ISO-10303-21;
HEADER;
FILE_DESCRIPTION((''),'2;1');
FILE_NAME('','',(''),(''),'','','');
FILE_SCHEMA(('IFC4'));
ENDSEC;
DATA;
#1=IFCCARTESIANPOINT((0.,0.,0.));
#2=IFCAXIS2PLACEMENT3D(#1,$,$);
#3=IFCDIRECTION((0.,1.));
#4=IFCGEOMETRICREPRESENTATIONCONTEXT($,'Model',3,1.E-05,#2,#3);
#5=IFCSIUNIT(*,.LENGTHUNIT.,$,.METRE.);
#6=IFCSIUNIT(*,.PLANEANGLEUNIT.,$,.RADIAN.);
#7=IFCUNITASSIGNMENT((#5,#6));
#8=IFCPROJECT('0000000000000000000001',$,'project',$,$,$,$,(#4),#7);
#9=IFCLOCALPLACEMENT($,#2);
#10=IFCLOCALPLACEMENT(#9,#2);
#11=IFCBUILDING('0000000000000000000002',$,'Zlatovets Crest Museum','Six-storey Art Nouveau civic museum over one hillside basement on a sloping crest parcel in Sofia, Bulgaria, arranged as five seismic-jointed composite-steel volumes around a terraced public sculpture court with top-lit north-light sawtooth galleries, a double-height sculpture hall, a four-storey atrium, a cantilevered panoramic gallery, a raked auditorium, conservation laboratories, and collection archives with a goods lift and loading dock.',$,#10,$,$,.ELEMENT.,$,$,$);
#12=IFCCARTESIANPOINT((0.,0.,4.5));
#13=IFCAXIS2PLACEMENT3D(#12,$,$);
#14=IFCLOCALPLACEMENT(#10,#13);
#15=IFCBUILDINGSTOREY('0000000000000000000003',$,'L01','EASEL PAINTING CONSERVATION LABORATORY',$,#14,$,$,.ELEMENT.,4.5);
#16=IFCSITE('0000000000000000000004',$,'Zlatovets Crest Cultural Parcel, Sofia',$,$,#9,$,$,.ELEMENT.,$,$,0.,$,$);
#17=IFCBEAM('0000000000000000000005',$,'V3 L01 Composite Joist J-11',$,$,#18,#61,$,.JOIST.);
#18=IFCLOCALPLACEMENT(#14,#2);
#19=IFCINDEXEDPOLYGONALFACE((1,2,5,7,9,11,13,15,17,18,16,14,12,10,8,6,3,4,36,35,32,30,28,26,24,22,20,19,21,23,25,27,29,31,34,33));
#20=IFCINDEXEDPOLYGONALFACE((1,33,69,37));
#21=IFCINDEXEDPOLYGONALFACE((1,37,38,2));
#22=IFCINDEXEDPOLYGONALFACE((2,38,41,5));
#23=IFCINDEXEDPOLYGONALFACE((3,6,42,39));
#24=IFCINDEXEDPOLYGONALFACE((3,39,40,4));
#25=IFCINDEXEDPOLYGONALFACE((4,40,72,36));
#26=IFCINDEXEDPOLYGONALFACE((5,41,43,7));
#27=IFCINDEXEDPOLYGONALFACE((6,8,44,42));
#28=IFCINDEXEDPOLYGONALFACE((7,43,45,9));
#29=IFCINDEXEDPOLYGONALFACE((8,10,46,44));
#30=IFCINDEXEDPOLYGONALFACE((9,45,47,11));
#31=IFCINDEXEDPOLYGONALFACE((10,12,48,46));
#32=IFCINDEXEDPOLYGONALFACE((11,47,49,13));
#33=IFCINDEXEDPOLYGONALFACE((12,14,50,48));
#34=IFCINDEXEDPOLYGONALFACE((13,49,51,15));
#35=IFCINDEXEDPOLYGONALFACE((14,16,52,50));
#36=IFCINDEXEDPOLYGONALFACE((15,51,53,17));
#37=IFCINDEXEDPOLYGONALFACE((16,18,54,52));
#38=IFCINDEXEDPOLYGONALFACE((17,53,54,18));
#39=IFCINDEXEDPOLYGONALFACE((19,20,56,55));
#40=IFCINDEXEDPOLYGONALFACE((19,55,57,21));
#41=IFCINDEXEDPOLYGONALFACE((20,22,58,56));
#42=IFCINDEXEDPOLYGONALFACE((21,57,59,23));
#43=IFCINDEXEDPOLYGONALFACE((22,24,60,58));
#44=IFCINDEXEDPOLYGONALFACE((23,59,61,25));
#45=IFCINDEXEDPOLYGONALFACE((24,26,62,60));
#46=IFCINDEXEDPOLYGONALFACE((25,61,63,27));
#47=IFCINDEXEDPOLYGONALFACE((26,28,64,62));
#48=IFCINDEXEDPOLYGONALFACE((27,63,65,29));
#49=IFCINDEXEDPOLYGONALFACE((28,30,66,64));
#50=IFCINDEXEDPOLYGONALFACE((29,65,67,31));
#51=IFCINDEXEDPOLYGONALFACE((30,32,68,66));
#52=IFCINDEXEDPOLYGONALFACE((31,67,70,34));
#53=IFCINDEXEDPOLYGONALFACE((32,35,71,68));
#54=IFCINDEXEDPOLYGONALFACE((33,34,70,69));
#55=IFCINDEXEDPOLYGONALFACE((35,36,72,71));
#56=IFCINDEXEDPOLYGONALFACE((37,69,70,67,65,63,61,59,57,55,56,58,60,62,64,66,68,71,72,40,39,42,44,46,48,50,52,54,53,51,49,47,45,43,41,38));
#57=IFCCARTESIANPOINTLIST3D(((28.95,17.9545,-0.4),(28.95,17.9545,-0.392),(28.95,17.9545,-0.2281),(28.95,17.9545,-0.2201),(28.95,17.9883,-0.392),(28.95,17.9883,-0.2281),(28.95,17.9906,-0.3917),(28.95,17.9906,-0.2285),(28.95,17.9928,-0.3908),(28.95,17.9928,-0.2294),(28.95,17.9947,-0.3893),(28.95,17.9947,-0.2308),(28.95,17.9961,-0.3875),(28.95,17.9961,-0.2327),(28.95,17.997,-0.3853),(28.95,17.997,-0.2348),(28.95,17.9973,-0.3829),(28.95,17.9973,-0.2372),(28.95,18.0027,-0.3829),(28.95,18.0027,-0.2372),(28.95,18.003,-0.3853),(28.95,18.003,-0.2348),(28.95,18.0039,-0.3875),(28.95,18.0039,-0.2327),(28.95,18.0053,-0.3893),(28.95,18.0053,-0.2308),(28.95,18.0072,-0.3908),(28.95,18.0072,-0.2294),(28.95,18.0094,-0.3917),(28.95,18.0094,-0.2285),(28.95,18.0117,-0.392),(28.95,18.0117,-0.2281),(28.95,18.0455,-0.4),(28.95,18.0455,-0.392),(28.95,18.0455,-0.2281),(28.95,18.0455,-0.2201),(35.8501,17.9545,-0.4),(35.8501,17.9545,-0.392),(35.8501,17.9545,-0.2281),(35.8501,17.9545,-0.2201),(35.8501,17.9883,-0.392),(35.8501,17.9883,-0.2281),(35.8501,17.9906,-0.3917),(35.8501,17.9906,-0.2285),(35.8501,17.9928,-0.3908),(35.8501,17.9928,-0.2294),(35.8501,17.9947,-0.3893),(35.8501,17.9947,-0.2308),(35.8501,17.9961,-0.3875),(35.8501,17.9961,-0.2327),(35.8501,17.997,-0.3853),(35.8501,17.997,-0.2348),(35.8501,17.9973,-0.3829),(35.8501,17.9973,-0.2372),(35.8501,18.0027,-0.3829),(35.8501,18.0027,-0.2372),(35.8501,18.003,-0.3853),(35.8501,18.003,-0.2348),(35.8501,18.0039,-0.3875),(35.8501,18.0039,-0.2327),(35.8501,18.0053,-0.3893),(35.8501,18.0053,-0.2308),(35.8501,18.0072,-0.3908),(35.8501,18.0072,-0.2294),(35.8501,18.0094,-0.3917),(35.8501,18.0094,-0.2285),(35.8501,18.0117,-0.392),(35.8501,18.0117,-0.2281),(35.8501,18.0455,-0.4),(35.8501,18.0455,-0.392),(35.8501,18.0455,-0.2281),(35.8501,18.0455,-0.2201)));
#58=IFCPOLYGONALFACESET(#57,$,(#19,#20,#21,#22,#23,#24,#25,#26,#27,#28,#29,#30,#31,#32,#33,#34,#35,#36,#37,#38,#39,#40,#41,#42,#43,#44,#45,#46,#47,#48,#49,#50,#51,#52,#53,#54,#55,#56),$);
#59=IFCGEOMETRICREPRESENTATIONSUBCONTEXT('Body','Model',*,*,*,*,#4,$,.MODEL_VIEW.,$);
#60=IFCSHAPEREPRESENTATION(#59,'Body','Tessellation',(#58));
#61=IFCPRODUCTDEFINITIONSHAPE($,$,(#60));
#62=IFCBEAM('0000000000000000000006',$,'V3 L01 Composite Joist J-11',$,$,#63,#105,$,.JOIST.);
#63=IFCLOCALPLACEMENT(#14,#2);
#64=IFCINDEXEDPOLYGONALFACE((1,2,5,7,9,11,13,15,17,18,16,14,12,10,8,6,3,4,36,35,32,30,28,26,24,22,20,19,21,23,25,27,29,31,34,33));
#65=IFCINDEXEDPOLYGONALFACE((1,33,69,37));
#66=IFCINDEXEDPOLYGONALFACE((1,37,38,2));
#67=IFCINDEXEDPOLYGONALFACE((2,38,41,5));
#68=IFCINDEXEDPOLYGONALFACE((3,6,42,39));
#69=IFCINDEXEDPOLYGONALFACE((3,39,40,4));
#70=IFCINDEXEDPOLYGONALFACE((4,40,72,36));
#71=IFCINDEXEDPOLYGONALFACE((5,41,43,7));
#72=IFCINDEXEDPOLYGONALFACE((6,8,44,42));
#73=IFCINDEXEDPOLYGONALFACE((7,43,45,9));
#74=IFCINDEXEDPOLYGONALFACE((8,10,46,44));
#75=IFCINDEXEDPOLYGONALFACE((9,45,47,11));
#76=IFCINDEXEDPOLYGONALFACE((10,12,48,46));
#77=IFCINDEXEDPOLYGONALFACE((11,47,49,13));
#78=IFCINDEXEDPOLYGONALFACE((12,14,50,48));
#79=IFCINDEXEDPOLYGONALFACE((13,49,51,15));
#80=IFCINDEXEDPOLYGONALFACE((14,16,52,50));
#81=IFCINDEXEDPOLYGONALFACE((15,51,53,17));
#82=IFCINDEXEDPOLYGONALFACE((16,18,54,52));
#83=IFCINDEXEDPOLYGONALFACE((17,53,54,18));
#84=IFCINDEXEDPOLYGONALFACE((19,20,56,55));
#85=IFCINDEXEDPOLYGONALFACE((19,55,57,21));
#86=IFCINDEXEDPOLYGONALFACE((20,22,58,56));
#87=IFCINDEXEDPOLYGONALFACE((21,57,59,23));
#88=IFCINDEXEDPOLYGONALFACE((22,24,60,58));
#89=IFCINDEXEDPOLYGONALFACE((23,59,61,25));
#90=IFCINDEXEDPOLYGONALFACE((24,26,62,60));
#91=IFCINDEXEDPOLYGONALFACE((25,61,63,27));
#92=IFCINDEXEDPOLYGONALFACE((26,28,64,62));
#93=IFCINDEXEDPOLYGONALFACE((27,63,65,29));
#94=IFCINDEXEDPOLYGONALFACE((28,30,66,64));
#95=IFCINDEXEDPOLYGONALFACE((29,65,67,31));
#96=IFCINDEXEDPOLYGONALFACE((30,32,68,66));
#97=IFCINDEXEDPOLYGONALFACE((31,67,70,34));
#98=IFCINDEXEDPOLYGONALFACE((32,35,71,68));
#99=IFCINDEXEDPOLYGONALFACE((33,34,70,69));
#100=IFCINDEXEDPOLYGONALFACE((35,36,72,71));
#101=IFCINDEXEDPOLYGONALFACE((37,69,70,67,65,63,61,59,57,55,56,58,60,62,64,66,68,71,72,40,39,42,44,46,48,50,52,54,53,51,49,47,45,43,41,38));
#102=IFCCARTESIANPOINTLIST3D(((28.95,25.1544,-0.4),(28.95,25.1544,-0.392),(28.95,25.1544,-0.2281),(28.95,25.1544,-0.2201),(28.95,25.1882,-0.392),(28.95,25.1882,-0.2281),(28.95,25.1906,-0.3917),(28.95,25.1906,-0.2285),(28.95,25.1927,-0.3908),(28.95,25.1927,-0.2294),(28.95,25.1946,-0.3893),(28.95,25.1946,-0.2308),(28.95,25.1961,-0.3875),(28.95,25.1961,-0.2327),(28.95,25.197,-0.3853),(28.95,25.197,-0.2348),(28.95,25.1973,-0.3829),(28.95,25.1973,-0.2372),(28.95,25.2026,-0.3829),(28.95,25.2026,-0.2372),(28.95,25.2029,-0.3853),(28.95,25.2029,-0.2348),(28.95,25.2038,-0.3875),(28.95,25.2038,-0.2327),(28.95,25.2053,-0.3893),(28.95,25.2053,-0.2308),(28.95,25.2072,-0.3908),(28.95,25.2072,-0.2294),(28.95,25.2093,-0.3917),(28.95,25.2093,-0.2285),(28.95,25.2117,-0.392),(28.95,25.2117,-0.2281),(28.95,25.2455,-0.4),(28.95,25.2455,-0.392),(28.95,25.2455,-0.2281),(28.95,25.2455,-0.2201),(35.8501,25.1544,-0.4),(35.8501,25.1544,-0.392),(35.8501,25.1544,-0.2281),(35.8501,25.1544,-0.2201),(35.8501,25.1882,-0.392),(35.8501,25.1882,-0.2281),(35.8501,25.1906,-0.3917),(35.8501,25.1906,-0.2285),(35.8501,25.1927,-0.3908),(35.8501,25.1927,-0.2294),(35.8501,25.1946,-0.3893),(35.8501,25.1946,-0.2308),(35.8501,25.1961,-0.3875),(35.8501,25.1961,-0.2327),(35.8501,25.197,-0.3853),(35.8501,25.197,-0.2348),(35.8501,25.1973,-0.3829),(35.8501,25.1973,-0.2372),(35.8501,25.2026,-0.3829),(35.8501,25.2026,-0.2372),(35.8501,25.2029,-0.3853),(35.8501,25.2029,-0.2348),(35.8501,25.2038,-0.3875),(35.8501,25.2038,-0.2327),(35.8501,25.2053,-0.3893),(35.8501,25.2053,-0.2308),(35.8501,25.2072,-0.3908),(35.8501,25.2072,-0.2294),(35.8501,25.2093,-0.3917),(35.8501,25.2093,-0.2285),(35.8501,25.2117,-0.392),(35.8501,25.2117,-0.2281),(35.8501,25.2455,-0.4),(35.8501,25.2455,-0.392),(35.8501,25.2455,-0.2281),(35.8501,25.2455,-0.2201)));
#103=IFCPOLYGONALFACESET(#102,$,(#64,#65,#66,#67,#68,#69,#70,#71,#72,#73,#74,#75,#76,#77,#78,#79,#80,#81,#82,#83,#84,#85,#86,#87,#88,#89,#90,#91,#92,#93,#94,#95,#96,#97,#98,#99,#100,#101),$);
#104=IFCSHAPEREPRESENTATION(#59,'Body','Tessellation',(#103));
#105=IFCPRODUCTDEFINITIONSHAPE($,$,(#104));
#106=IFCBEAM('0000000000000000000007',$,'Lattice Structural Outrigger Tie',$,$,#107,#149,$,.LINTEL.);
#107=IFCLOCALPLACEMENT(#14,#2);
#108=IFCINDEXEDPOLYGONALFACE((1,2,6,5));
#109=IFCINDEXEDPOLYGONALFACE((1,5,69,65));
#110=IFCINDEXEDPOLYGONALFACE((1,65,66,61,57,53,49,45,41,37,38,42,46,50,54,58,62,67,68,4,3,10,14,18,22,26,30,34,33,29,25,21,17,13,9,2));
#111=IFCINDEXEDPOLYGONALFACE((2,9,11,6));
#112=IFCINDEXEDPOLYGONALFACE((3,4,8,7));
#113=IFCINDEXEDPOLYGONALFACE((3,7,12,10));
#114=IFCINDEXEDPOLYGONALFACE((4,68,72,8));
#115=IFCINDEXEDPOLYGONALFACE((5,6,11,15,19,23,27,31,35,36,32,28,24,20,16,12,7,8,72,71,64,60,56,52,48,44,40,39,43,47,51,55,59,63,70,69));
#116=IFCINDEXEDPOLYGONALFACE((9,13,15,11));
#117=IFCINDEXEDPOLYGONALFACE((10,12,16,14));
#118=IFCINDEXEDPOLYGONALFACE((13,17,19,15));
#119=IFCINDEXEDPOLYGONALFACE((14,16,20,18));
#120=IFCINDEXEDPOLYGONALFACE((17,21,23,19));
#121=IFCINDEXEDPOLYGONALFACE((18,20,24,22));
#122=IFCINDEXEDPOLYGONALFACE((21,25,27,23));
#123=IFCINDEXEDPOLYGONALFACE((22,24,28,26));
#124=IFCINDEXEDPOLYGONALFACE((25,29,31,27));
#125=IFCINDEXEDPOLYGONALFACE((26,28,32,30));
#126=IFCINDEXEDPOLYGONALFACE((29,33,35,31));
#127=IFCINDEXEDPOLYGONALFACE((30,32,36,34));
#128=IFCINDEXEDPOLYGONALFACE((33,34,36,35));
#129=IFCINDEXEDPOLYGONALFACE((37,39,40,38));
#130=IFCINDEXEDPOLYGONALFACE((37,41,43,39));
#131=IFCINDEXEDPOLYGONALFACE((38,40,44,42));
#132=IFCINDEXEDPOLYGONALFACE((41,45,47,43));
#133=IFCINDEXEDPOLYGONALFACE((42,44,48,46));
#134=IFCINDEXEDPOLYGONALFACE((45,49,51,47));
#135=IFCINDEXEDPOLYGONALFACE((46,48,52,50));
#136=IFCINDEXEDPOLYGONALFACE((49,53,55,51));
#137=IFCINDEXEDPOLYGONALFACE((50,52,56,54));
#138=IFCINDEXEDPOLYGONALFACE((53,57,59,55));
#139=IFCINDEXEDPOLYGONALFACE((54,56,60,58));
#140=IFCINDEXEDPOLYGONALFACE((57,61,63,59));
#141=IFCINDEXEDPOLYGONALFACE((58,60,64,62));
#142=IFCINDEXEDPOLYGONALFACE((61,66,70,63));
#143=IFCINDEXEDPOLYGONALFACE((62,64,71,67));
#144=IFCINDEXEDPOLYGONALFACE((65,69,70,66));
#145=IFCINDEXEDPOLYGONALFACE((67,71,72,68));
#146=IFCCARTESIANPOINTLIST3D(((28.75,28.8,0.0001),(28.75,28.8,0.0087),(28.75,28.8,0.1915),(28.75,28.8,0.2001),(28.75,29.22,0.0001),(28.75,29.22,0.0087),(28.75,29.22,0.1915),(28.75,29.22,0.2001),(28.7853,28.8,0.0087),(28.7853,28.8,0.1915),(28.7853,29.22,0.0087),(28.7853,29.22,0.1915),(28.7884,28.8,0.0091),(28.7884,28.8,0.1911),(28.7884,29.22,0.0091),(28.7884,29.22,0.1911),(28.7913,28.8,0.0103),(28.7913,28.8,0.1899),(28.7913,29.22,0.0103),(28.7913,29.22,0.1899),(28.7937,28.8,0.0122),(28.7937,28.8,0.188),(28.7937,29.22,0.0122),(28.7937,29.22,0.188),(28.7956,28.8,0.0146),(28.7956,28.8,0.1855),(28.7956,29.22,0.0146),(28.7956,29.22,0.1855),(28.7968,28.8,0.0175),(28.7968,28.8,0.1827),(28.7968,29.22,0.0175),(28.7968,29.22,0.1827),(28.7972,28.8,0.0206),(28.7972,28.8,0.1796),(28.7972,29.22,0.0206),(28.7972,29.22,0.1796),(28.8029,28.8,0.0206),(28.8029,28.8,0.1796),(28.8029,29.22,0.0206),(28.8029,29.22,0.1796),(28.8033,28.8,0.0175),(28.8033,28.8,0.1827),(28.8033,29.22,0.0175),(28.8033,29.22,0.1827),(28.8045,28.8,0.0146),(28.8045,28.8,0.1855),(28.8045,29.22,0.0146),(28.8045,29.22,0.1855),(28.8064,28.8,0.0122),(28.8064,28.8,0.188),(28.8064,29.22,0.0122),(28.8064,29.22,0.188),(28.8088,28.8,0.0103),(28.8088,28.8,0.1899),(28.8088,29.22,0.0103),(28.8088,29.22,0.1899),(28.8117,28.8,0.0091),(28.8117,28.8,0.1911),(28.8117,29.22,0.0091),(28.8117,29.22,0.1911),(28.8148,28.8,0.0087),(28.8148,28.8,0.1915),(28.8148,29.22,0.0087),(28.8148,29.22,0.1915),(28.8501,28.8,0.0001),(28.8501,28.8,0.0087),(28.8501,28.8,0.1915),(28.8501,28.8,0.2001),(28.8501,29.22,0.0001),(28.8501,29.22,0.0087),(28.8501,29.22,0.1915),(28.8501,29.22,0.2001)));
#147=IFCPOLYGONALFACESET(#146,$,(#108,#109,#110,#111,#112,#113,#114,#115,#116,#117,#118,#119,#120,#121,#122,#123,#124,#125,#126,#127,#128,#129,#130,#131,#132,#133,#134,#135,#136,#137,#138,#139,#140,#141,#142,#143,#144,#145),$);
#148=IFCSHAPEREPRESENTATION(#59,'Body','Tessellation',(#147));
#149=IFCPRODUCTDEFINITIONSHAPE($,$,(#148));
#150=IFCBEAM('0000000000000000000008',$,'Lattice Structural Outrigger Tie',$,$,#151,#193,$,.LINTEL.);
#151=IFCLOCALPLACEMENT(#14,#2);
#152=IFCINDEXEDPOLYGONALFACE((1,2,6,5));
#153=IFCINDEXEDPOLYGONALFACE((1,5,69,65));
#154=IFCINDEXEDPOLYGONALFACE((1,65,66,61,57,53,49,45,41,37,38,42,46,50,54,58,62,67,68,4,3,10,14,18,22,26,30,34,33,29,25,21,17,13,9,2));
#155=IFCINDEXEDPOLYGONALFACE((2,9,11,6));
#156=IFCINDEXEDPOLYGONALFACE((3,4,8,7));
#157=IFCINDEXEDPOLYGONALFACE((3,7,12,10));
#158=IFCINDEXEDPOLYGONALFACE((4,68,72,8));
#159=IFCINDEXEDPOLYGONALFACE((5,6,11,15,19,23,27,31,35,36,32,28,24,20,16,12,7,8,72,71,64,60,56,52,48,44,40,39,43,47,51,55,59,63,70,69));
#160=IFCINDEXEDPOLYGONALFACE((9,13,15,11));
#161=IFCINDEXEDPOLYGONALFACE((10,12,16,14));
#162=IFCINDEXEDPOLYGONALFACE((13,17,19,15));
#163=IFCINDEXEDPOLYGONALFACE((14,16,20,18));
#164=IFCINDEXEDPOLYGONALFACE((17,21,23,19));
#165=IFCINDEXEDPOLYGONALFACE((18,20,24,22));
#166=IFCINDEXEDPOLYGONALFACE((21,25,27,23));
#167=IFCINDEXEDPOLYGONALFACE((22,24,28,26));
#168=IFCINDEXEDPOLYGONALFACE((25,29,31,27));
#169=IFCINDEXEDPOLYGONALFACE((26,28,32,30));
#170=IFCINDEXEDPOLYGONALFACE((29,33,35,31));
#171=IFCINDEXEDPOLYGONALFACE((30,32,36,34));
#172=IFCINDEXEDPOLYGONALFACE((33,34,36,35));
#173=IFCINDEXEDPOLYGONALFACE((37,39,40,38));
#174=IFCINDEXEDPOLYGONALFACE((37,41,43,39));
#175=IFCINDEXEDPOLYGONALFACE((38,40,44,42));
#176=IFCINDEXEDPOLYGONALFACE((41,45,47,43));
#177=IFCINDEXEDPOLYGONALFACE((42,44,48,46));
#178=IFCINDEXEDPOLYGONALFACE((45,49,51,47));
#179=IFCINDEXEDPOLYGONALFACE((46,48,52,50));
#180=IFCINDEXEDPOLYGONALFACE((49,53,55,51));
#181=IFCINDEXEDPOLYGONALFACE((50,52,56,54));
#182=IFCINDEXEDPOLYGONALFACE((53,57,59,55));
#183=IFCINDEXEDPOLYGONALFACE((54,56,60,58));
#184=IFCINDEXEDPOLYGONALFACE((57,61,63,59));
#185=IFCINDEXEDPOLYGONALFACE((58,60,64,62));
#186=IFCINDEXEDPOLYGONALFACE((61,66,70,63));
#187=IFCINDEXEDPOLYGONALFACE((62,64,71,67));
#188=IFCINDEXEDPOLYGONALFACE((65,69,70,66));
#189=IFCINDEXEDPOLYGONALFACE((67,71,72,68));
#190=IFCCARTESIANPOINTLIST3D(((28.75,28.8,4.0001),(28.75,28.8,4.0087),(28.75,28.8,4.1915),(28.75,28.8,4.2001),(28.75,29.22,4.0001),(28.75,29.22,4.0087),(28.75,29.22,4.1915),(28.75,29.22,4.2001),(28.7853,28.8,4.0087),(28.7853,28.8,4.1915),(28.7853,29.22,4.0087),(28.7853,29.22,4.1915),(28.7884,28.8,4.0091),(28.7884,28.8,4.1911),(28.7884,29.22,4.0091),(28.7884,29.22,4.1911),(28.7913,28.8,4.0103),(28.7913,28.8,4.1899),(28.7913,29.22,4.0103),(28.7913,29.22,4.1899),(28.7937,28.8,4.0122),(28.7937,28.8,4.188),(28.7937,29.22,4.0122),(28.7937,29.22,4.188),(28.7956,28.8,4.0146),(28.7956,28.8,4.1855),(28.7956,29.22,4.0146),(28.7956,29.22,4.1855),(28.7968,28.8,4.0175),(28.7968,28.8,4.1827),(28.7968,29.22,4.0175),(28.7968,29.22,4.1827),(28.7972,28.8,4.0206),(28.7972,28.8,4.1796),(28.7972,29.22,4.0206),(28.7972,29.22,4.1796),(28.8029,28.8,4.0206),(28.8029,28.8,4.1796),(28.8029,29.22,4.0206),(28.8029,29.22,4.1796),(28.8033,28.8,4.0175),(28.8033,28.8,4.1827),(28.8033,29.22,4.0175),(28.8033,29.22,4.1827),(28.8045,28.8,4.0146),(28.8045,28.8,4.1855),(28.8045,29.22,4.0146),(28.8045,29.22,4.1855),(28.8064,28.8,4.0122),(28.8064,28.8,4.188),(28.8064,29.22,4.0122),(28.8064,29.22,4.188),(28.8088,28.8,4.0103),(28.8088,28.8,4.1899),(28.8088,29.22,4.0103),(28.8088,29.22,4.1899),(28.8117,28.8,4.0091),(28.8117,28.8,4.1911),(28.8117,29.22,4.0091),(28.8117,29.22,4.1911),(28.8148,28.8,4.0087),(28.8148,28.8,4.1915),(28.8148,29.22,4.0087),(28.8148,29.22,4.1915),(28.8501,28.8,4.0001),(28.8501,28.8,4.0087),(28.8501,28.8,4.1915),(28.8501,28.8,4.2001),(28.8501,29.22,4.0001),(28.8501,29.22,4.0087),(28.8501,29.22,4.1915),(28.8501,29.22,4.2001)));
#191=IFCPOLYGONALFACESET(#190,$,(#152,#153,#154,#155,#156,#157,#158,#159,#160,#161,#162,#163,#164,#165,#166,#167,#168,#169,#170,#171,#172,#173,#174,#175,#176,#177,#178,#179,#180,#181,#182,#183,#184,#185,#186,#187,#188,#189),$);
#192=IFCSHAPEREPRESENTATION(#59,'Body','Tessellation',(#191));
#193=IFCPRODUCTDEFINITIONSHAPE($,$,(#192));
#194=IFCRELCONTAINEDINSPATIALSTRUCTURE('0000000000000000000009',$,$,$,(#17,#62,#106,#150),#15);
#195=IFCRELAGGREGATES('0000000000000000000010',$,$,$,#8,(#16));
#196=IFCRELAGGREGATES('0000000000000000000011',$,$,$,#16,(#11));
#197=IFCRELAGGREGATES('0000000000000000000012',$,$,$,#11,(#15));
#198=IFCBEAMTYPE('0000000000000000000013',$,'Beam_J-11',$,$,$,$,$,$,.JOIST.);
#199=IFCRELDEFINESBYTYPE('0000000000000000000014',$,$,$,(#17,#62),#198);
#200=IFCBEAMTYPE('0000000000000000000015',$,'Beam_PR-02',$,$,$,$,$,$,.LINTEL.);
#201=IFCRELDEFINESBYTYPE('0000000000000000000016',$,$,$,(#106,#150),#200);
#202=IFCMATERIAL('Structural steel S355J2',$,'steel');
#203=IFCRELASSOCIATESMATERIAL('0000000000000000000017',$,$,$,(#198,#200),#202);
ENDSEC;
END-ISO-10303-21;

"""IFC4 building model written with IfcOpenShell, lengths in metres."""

from ifc_helpers import new_model, si_unit, direction, frame, origin, origin_2d, place, context, subcontext, project, spatial, i_section, extrude, material, material_profile, profile_set, type_object, element, save


model = new_model("IFC4")

# Units and contexts
model_context = context("Model", 3, precision=1e-05, world=origin(), true_north=direction((0.0, 1.0)))
body_context = subcontext(model_context, "Body", "Model", "MODEL_VIEW")
ifc_project = project(units=[si_unit("LENGTHUNIT", "METRE"), si_unit("PLANEANGLEUNIT", "RADIAN")], contexts=[model_context])

# Site, building, storey
site_placement = place(None, origin())
site = spatial("IfcSite", under=ifc_project, at=site_placement, Name="Zlatovets Crest Cultural Parcel, Sofia", CompositionType="ELEMENT", RefElevation=0.0)
building_placement = place(site_placement, origin())
building = spatial("IfcBuilding", under=site, at=building_placement, Name="Zlatovets Crest Museum", Description="Six-storey Art Nouveau civic museum over one hillside basement on a sloping crest parcel in Sofia, Bulgaria, arranged as five seismic-jointed composite-steel volumes around a terraced public sculpture court with top-lit north-light sawtooth galleries, a double-height sculpture hall, a four-storey atrium, a cantilevered panoramic gallery, a raked auditorium, conservation laboratories, and collection archives with a goods lift and loading dock.", CompositionType="ELEMENT")
storey_placement = place(building_placement, frame((0.0, 0.0, 4.5)))
storey = spatial("IfcBuildingStorey", under=building, at=storey_placement, Name="L01", Description="EASEL PAINTING CONSERVATION LABORATORY", CompositionType="ELEMENT", Elevation=4.5)

# Shared definitions
ifc_material_1 = material(Name="Structural steel S355J2", Category="steel")

# Beams
ifc_material_profile_1 = material_profile(ifc_material_1, i_section(OverallWidth=0.0911, OverallDepth=0.1799, WebThickness=0.0054, FlangeThickness=0.0081, FilletRadius=0.009, at=origin_2d()), Name="IPE 180")
ifc_profile_set_1 = profile_set([ifc_material_profile_1], Name="Structural steel S355J2")
beam_type_1 = type_object("IfcBeamType", Name="Beam_J-11", PredefinedType="JOIST", material=ifc_profile_set_1)
for number, where, z_axis, x_axis, name in (
    (1, (28.95, 18.0, -0.3101), (1.0, 0.0, 0.0), (0.0, 1.0, 0.0), "V3 L01 Composite Joist J-11"),
    (2, (28.95, 25.2, -0.3101), (1.0, 0.0, 0.0), (0.0, 1.0, 0.0), "V3 L01 Composite Joist J-11"),
):
    element("IfcBeam", number, at=place(storey_placement, frame(where, z_axis=z_axis, x_axis=x_axis)), inside=storey, type_object=beam_type_1, Name=name, PredefinedType="JOIST", context=body_context, shape_type="SweptSolid", body=[
        extrude(i_section(OverallWidth=0.0911, OverallDepth=0.1799, WebThickness=0.0054, FlangeThickness=0.0081, FilletRadius=0.009, at=origin_2d()), origin(), (0.0, 0.0, 1.0), 6.9001),
    ])
ifc_material_profile_2 = material_profile(ifc_material_1, i_section(OverallWidth=0.1001, OverallDepth=0.2, WebThickness=0.0056, FlangeThickness=0.0085, FilletRadius=0.012, at=origin_2d()), Name="IPE 200")
ifc_profile_set_2 = profile_set([ifc_material_profile_2], Name="Structural steel S355J2")
beam_type_2 = type_object("IfcBeamType", Name="Beam_PR-02", PredefinedType="LINTEL", material=ifc_profile_set_2)
for number, where, z_axis, x_axis, name in (
    (3, (28.8, 28.8, 0.1001), (0.0, 1.0, 0.0), (-1.0, 0.0, 0.0), "Lattice Structural Outrigger Tie"),
    (4, (28.8, 28.8, 4.1001), (0.0, 1.0, 0.0), (-1.0, 0.0, 0.0), "Lattice Structural Outrigger Tie"),
):
    element("IfcBeam", number, at=place(storey_placement, frame(where, z_axis=z_axis, x_axis=x_axis)), inside=storey, type_object=beam_type_2, Name=name, PredefinedType="LINTEL", context=body_context, shape_type="SweptSolid", body=[
        extrude(i_section(OverallWidth=0.1001, OverallDepth=0.2, WebThickness=0.0056, FlangeThickness=0.0085, FilletRadius=0.012, at=origin_2d()), origin(), (0.0, 0.0, 1.0), 0.4199),
    ])

save(model, "model.ifc")
